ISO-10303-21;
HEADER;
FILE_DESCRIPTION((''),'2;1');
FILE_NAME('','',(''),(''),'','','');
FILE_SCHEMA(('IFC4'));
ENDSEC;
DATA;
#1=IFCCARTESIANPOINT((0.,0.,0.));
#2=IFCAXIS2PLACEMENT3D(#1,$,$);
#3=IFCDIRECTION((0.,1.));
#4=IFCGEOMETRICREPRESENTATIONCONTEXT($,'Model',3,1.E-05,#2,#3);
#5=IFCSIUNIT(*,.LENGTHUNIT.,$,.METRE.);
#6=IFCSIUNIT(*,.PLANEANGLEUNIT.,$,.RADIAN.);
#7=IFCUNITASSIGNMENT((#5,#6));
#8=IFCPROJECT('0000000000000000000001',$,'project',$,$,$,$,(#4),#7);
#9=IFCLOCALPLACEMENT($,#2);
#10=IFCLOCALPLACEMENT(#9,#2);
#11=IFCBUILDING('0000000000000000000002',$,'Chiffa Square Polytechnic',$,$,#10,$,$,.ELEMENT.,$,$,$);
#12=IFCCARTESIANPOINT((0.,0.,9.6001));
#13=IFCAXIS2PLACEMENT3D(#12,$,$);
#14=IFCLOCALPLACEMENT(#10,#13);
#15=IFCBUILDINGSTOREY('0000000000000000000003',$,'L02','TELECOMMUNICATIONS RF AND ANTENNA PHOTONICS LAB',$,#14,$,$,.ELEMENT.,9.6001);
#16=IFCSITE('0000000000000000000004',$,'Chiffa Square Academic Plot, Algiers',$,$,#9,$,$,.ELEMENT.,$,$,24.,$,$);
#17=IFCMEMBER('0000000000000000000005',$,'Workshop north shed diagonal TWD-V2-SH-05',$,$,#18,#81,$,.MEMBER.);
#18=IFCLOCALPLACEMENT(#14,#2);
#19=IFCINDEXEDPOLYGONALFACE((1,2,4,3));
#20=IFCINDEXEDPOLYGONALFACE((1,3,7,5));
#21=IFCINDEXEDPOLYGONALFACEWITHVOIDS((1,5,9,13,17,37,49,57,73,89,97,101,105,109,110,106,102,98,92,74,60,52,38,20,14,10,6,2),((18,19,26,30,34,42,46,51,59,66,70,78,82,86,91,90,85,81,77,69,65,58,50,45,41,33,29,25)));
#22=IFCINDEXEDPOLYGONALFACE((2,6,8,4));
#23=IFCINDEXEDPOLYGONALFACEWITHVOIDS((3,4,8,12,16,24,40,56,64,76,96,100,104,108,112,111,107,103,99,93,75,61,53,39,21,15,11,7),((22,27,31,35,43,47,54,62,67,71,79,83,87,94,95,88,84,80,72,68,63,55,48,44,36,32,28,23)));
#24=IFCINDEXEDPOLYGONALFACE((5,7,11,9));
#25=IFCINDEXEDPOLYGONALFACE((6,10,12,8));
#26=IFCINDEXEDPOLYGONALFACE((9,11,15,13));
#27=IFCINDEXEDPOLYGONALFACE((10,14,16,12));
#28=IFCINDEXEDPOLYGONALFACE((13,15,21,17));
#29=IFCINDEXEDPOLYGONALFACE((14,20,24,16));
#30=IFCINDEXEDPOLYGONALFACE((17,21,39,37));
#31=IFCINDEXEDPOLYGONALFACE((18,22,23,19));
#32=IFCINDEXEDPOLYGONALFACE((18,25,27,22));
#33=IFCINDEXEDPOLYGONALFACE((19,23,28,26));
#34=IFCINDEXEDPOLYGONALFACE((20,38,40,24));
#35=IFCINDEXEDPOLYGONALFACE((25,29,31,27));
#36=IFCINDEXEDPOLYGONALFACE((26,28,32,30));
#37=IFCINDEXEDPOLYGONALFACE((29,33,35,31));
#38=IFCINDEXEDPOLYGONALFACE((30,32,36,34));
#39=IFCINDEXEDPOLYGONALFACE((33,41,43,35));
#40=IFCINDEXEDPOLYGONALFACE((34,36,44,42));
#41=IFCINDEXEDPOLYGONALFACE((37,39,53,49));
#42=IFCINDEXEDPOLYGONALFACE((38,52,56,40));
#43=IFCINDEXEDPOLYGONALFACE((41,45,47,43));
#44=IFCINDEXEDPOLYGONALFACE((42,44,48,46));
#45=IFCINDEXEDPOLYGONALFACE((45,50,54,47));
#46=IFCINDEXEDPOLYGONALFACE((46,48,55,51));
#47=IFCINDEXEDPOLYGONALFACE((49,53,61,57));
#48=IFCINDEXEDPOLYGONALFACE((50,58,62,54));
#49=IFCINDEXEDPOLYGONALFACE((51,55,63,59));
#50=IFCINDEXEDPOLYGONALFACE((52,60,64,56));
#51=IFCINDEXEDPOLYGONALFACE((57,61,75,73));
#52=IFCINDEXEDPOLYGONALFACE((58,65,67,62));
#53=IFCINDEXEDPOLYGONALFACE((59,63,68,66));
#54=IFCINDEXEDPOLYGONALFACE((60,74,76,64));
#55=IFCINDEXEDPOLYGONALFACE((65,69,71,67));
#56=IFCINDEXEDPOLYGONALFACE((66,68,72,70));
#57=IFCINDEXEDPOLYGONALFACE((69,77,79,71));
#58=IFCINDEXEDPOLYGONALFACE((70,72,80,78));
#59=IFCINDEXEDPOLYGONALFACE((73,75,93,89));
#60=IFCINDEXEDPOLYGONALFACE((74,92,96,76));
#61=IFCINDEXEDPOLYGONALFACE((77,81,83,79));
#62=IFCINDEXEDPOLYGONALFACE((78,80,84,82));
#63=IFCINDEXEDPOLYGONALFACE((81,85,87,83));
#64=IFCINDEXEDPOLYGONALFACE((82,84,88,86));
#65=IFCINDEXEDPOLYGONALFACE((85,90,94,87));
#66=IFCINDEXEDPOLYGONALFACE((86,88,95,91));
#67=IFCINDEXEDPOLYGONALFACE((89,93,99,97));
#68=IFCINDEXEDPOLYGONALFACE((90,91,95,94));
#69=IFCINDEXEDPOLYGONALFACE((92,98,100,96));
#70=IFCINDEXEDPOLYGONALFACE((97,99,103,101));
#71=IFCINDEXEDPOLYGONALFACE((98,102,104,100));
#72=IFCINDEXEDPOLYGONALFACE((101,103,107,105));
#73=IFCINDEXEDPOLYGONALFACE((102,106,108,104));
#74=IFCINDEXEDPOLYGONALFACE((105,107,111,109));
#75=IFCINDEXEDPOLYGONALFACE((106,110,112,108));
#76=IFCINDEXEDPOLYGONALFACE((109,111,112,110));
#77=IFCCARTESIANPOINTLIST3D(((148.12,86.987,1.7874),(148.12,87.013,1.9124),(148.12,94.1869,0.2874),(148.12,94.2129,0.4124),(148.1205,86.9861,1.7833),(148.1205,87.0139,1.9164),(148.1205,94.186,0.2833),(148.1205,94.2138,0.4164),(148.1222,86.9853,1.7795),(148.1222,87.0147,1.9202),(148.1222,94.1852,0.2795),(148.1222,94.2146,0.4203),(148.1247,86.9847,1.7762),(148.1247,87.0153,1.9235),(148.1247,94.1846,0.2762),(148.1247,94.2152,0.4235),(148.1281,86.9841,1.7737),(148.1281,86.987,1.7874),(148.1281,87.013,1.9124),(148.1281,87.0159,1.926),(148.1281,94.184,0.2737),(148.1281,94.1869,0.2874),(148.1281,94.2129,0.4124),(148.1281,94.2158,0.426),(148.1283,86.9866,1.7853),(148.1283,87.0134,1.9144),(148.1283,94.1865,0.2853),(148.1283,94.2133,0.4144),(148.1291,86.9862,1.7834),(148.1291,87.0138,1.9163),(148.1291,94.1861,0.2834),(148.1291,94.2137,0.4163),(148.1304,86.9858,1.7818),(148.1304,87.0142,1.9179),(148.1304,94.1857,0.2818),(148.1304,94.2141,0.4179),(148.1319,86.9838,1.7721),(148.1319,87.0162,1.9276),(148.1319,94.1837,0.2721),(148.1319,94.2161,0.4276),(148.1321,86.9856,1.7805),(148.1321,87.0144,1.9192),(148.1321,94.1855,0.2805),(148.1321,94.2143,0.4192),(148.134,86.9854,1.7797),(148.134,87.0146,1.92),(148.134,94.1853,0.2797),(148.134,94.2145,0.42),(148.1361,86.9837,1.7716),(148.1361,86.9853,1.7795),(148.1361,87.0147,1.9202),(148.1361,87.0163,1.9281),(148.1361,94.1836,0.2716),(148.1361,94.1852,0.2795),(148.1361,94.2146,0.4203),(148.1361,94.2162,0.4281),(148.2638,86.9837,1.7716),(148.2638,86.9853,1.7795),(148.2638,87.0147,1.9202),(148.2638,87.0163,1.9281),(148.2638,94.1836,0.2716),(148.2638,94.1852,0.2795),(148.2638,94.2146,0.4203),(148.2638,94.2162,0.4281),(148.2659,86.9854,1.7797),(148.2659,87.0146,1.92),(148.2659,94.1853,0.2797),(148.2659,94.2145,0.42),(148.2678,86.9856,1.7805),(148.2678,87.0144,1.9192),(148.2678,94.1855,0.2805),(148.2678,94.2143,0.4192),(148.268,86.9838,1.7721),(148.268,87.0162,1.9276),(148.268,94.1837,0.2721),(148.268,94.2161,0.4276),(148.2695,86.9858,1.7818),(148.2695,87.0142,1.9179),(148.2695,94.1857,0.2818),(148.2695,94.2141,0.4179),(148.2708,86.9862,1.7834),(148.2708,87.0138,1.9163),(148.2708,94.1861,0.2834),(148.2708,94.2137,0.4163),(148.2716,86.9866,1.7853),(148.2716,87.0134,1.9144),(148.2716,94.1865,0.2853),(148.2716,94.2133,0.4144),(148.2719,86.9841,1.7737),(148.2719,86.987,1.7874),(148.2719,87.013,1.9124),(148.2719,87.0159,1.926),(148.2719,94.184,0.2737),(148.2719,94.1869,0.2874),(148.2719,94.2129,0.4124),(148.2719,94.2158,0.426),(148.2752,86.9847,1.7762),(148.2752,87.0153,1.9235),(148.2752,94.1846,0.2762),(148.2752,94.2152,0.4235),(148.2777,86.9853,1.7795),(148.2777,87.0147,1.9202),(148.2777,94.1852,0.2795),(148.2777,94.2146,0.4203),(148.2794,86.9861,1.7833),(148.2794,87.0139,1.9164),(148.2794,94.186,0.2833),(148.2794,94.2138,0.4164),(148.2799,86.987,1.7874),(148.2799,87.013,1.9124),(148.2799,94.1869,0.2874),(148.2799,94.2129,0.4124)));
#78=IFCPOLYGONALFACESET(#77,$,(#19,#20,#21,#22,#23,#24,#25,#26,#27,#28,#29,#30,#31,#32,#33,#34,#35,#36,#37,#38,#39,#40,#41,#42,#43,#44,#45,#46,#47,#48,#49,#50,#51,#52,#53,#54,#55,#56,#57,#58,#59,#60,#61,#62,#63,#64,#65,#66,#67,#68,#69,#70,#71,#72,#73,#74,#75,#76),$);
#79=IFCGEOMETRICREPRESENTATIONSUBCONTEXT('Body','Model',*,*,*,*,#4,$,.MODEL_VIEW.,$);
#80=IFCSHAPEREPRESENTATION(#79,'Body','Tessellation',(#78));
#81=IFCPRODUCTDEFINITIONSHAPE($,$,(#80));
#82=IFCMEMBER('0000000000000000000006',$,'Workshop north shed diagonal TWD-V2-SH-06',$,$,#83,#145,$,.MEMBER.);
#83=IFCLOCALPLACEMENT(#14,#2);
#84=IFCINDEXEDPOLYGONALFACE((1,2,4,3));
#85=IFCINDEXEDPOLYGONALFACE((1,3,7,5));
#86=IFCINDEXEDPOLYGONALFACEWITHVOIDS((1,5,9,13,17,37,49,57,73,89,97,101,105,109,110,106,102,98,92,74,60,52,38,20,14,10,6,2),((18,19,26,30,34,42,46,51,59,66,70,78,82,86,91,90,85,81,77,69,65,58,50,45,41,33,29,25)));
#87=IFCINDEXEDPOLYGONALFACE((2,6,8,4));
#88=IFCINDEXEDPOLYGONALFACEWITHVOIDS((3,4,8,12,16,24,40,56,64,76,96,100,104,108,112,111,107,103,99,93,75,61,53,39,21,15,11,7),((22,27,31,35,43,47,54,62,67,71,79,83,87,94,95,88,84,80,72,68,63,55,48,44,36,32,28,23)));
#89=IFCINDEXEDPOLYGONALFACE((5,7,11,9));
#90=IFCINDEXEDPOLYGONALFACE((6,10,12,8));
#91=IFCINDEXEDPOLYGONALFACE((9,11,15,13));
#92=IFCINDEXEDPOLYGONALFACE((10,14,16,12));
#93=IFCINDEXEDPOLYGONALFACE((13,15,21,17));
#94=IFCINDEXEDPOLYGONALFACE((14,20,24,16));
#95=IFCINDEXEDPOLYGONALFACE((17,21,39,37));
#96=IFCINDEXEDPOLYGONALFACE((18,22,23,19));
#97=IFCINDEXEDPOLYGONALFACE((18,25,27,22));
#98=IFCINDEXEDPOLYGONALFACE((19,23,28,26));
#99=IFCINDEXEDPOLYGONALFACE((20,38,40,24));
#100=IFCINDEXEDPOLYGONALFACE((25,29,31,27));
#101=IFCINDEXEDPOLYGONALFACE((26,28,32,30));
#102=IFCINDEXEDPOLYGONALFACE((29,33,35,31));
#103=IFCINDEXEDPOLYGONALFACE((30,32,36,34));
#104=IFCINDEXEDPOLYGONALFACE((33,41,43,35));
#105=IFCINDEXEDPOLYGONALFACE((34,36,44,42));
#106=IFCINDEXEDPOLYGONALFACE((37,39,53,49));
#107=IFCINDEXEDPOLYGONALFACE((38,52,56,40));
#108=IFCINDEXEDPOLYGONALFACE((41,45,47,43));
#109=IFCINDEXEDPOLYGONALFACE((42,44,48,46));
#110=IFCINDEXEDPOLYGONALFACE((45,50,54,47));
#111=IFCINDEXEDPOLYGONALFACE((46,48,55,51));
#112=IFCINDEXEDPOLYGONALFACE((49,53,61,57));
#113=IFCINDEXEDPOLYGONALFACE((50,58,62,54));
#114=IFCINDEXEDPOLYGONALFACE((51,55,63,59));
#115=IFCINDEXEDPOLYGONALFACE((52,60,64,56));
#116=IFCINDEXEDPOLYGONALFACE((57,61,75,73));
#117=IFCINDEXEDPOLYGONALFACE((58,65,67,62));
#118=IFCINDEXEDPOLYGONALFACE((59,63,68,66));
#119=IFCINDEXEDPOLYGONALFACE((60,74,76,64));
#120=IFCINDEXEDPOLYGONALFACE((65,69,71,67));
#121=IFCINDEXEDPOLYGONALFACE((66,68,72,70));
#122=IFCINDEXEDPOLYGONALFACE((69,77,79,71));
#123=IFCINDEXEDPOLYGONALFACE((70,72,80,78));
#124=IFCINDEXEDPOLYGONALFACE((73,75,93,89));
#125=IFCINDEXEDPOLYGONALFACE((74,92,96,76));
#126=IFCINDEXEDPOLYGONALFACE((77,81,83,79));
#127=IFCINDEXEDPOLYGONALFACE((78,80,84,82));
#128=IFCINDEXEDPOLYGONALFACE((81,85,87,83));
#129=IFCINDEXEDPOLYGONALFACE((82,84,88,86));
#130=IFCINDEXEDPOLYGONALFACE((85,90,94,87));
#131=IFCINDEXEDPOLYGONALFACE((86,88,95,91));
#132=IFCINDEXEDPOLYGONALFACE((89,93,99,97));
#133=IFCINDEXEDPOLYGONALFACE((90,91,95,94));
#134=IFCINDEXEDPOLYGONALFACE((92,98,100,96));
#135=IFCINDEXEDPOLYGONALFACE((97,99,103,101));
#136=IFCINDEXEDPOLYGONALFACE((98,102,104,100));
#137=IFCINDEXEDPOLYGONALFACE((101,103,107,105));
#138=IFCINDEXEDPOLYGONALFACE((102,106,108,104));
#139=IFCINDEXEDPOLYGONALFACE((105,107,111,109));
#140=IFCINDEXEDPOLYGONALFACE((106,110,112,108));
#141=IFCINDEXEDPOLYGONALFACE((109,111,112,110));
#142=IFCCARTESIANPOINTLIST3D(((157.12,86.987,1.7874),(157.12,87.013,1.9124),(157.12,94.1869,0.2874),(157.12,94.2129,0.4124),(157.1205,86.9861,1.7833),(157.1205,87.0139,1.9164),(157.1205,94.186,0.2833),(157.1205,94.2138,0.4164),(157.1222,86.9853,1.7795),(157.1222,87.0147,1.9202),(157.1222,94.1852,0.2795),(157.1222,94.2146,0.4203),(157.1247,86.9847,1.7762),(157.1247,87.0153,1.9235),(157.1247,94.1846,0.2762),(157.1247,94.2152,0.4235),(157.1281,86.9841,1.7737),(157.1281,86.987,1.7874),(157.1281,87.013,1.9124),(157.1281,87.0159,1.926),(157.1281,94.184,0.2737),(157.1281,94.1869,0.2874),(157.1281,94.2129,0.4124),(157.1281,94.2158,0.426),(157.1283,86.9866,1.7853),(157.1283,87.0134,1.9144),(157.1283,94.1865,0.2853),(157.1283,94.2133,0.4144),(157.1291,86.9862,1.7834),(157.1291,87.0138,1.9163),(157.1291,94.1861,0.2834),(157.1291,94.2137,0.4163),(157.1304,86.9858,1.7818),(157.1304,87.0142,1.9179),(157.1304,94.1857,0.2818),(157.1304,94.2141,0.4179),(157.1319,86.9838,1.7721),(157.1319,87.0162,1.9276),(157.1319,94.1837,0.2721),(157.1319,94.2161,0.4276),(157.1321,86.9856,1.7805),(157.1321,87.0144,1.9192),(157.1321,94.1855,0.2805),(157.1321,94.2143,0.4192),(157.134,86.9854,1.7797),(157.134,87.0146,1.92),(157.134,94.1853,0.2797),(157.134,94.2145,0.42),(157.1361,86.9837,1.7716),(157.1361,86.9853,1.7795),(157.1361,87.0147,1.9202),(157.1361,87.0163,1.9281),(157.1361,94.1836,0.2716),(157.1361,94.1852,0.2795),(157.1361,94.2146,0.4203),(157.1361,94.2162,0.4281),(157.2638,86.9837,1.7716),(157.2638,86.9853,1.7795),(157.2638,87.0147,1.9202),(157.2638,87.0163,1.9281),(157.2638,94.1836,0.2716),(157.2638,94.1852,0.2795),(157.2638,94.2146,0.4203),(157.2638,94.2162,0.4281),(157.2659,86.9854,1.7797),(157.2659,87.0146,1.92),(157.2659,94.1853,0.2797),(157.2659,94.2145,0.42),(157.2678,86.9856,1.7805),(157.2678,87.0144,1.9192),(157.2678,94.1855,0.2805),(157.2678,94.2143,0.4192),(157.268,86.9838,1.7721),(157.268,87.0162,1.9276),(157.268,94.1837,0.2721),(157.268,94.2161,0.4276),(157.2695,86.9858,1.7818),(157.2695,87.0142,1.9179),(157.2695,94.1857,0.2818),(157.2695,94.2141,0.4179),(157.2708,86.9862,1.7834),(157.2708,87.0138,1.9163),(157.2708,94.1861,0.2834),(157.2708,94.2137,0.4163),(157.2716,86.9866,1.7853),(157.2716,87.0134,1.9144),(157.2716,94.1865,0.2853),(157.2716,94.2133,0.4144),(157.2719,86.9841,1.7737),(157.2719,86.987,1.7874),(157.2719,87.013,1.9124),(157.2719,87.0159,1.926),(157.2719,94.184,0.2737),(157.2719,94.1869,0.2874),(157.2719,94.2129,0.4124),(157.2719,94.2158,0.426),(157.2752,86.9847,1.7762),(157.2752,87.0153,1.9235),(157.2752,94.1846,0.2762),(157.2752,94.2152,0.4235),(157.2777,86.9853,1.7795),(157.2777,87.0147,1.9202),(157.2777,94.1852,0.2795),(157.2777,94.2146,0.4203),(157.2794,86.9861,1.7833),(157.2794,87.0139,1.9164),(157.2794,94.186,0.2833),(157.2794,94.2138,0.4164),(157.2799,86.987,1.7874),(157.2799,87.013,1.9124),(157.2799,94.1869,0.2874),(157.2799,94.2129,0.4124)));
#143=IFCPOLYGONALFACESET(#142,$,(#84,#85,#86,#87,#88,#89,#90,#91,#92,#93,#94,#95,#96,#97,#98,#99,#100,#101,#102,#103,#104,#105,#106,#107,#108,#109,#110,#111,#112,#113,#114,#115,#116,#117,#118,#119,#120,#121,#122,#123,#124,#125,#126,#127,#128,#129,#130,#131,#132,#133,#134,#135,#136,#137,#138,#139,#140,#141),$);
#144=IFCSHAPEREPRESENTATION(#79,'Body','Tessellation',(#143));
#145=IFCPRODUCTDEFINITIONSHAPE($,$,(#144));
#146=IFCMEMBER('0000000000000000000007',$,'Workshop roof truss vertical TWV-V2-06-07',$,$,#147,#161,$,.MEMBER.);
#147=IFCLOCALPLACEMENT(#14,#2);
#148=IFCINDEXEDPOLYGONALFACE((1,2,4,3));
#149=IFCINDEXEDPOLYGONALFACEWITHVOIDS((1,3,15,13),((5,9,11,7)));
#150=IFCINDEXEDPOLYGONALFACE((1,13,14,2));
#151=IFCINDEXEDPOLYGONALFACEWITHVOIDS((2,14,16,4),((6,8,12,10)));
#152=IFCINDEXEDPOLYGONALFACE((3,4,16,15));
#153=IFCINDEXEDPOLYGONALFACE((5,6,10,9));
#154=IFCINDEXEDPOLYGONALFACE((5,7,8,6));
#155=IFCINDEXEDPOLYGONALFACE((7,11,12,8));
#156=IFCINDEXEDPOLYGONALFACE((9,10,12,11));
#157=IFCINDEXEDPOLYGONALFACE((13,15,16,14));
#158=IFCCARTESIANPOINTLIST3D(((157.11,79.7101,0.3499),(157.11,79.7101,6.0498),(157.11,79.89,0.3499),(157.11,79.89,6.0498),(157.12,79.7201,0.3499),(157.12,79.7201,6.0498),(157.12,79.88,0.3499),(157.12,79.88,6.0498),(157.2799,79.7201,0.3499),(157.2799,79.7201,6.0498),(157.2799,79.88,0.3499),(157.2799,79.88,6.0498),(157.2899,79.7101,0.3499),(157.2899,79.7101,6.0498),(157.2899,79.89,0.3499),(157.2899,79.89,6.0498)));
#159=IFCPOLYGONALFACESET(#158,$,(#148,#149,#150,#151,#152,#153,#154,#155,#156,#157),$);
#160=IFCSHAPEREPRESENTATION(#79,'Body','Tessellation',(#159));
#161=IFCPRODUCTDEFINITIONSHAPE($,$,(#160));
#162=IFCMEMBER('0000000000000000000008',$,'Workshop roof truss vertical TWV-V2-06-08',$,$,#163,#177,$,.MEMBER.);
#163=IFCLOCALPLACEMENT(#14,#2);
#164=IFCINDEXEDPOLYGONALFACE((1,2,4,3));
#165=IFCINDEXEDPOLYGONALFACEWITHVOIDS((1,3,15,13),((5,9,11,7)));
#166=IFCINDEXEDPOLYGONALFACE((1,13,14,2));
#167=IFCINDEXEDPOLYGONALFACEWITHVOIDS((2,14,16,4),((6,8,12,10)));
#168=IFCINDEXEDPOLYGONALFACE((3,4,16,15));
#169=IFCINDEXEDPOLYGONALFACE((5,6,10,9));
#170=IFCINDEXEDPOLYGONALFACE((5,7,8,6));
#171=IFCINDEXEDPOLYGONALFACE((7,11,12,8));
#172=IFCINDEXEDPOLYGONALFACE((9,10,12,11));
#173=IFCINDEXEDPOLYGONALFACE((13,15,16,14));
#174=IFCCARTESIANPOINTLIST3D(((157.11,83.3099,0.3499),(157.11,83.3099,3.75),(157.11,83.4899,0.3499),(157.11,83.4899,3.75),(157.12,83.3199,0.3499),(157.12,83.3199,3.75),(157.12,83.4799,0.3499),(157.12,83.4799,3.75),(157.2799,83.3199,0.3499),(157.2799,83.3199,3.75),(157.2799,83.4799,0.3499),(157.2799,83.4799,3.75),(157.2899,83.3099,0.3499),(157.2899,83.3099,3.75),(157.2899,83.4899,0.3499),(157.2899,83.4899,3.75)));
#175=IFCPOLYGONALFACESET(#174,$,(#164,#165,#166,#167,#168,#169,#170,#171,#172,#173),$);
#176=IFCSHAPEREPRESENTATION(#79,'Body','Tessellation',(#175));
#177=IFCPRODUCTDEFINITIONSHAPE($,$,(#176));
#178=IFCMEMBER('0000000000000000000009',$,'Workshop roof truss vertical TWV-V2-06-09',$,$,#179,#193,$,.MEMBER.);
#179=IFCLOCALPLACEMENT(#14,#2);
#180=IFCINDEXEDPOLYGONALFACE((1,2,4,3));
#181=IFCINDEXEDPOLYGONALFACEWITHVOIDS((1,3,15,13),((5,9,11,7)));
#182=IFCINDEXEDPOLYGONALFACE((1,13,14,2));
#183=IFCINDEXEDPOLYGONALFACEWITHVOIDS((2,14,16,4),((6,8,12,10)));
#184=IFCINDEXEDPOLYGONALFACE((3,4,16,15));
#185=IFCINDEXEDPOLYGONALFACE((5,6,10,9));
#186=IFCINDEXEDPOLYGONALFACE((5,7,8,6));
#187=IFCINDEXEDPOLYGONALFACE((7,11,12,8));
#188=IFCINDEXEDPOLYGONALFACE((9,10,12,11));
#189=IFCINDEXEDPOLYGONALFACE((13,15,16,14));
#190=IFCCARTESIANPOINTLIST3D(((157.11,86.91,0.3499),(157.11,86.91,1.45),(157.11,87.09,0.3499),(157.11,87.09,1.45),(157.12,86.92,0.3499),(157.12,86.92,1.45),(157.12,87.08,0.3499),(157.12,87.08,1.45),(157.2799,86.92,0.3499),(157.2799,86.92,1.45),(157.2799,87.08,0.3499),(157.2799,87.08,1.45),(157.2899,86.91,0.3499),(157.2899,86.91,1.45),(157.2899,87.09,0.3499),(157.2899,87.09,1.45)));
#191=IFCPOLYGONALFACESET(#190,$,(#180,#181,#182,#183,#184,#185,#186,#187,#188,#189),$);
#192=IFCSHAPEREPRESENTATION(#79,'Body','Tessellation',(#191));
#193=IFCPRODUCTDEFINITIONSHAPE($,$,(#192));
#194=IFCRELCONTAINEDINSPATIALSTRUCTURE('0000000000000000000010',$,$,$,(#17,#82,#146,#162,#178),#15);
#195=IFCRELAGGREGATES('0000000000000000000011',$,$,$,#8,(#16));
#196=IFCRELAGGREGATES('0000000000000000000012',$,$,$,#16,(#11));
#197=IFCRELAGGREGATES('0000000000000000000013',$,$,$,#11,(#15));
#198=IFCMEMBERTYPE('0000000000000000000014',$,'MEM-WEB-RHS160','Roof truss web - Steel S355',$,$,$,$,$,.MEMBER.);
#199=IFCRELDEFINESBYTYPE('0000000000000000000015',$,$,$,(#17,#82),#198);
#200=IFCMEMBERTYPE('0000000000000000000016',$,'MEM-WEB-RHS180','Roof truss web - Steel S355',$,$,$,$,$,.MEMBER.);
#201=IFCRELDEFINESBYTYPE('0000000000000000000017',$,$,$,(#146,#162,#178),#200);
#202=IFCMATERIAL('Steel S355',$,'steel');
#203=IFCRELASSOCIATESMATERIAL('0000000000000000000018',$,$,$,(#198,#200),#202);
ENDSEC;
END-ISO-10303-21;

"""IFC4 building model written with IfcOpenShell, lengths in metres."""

from ifc_helpers import new_model, si_unit, direction, frame, origin, origin_2d, place, context, subcontext, project, spatial, hollow_rectangle, extrude, material, material_profile, profile_set, type_object, element, save


model = new_model("IFC4")

# Units and contexts
model_context = context("Model", 3, precision=1e-05, world=origin(), true_north=direction((0.0, 1.0)))
body_context = subcontext(model_context, "Body", "Model", "MODEL_VIEW")
ifc_project = project(units=[si_unit("LENGTHUNIT", "METRE"), si_unit("PLANEANGLEUNIT", "RADIAN")], contexts=[model_context])

# Site, building, storey
site_placement = place(None, origin())
site = spatial("IfcSite", under=ifc_project, at=site_placement, Name="Chiffa Square Academic Plot, Algiers", CompositionType="ELEMENT", RefElevation=24.0)
building_placement = place(site_placement, origin())
building = spatial("IfcBuilding", under=site, at=building_placement, Name="Chiffa Square Polytechnic", CompositionType="ELEMENT")
storey_placement = place(building_placement, frame((0.0, 0.0, 9.6001)))
storey = spatial("IfcBuildingStorey", under=building, at=storey_placement, Name="L02", Description="TELECOMMUNICATIONS RF AND ANTENNA PHOTONICS LAB", CompositionType="ELEMENT", Elevation=9.6001)

# Shared definitions
ifc_material_1 = material(Name="Steel S355", Category="steel")

# Members
ifc_material_profile_1 = material_profile(ifc_material_1, hollow_rectangle(XDim=0.1599, YDim=0.1599, WallThickness=0.0081, InnerFilletRadius=0.0081, OuterFilletRadius=0.0161, at=origin_2d()), Name="RHS 160x160x8")
ifc_profile_set_1 = profile_set([ifc_material_profile_1], Name="Steel S355")
member_type_1 = type_object("IfcMemberType", Name="MEM-WEB-RHS160", Description="Roof truss web - Steel S355", PredefinedType="MEMBER", material=ifc_profile_set_1)
for number, where, z_axis, x_axis, name in (
    (1, (148.2, 87.0, 1.8499), (0.0, 0.97898, -0.203956), (-1.0, 0.0, 0.0), "Workshop north shed diagonal TWD-V2-SH-05"),
    (2, (157.2, 87.0, 1.8499), (0.0, 0.97898, -0.203956), (-1.0, 0.0, 0.0), "Workshop north shed diagonal TWD-V2-SH-06"),
):
    element("IfcMember", number, at=place(storey_placement, frame(where, z_axis=z_axis, x_axis=x_axis)), inside=storey, type_object=member_type_1, Name=name, PredefinedType="MEMBER", context=body_context, shape_type="SweptSolid", body=[
        extrude(hollow_rectangle(XDim=0.1599, YDim=0.1599, WallThickness=0.0081, InnerFilletRadius=0.0081, OuterFilletRadius=0.0161, at=origin_2d()), origin(), (0.0, 0.0, 1.0), 7.3545),
    ])
ifc_material_profile_2 = material_profile(ifc_material_1, hollow_rectangle(XDim=0.1799, YDim=0.1799, WallThickness=0.01, at=origin_2d()), Name="RHS 180x180x10")
ifc_profile_set_2 = profile_set([ifc_material_profile_2], Name="Steel S355")
member_type_2 = type_object("IfcMemberType", Name="MEM-WEB-RHS180", Description="Roof truss web - Steel S355", PredefinedType="MEMBER", material=ifc_profile_set_2)
member_1_placement = place(storey_placement, frame((157.2, 79.8, 0.3499), z_axis=(0.0, 0.0, 1.0), x_axis=(1.0, 0.0, 0.0)))
element("IfcMember", 3, at=member_1_placement, inside=storey, type_object=member_type_2, Name="Workshop roof truss vertical TWV-V2-06-07", PredefinedType="MEMBER", context=body_context, shape_type="SweptSolid", body=[
    extrude(hollow_rectangle(XDim=0.1799, YDim=0.1799, WallThickness=0.01, at=origin_2d()), origin(), (0.0, 0.0, 1.0), 5.7),
])
member_2_placement = place(storey_placement, frame((157.2, 83.3999, 0.3499), z_axis=(0.0, 0.0, 1.0), x_axis=(1.0, 0.0, 0.0)))
element("IfcMember", 4, at=member_2_placement, inside=storey, type_object=member_type_2, Name="Workshop roof truss vertical TWV-V2-06-08", PredefinedType="MEMBER", context=body_context, shape_type="SweptSolid", body=[
    extrude(hollow_rectangle(XDim=0.1799, YDim=0.1799, WallThickness=0.01, at=origin_2d()), origin(), (0.0, 0.0, 1.0), 3.4001),
])
member_3_placement = place(storey_placement, frame((157.2, 87.0, 0.3499), z_axis=(0.0, 0.0, 1.0), x_axis=(1.0, 0.0, 0.0)))
element("IfcMember", 5, at=member_3_placement, inside=storey, type_object=member_type_2, Name="Workshop roof truss vertical TWV-V2-06-09", PredefinedType="MEMBER", context=body_context, shape_type="SweptSolid", body=[
    extrude(hollow_rectangle(XDim=0.1799, YDim=0.1799, WallThickness=0.01, at=origin_2d()), origin(), (0.0, 0.0, 1.0), 1.1001),
])

save(model, "model.ifc")
